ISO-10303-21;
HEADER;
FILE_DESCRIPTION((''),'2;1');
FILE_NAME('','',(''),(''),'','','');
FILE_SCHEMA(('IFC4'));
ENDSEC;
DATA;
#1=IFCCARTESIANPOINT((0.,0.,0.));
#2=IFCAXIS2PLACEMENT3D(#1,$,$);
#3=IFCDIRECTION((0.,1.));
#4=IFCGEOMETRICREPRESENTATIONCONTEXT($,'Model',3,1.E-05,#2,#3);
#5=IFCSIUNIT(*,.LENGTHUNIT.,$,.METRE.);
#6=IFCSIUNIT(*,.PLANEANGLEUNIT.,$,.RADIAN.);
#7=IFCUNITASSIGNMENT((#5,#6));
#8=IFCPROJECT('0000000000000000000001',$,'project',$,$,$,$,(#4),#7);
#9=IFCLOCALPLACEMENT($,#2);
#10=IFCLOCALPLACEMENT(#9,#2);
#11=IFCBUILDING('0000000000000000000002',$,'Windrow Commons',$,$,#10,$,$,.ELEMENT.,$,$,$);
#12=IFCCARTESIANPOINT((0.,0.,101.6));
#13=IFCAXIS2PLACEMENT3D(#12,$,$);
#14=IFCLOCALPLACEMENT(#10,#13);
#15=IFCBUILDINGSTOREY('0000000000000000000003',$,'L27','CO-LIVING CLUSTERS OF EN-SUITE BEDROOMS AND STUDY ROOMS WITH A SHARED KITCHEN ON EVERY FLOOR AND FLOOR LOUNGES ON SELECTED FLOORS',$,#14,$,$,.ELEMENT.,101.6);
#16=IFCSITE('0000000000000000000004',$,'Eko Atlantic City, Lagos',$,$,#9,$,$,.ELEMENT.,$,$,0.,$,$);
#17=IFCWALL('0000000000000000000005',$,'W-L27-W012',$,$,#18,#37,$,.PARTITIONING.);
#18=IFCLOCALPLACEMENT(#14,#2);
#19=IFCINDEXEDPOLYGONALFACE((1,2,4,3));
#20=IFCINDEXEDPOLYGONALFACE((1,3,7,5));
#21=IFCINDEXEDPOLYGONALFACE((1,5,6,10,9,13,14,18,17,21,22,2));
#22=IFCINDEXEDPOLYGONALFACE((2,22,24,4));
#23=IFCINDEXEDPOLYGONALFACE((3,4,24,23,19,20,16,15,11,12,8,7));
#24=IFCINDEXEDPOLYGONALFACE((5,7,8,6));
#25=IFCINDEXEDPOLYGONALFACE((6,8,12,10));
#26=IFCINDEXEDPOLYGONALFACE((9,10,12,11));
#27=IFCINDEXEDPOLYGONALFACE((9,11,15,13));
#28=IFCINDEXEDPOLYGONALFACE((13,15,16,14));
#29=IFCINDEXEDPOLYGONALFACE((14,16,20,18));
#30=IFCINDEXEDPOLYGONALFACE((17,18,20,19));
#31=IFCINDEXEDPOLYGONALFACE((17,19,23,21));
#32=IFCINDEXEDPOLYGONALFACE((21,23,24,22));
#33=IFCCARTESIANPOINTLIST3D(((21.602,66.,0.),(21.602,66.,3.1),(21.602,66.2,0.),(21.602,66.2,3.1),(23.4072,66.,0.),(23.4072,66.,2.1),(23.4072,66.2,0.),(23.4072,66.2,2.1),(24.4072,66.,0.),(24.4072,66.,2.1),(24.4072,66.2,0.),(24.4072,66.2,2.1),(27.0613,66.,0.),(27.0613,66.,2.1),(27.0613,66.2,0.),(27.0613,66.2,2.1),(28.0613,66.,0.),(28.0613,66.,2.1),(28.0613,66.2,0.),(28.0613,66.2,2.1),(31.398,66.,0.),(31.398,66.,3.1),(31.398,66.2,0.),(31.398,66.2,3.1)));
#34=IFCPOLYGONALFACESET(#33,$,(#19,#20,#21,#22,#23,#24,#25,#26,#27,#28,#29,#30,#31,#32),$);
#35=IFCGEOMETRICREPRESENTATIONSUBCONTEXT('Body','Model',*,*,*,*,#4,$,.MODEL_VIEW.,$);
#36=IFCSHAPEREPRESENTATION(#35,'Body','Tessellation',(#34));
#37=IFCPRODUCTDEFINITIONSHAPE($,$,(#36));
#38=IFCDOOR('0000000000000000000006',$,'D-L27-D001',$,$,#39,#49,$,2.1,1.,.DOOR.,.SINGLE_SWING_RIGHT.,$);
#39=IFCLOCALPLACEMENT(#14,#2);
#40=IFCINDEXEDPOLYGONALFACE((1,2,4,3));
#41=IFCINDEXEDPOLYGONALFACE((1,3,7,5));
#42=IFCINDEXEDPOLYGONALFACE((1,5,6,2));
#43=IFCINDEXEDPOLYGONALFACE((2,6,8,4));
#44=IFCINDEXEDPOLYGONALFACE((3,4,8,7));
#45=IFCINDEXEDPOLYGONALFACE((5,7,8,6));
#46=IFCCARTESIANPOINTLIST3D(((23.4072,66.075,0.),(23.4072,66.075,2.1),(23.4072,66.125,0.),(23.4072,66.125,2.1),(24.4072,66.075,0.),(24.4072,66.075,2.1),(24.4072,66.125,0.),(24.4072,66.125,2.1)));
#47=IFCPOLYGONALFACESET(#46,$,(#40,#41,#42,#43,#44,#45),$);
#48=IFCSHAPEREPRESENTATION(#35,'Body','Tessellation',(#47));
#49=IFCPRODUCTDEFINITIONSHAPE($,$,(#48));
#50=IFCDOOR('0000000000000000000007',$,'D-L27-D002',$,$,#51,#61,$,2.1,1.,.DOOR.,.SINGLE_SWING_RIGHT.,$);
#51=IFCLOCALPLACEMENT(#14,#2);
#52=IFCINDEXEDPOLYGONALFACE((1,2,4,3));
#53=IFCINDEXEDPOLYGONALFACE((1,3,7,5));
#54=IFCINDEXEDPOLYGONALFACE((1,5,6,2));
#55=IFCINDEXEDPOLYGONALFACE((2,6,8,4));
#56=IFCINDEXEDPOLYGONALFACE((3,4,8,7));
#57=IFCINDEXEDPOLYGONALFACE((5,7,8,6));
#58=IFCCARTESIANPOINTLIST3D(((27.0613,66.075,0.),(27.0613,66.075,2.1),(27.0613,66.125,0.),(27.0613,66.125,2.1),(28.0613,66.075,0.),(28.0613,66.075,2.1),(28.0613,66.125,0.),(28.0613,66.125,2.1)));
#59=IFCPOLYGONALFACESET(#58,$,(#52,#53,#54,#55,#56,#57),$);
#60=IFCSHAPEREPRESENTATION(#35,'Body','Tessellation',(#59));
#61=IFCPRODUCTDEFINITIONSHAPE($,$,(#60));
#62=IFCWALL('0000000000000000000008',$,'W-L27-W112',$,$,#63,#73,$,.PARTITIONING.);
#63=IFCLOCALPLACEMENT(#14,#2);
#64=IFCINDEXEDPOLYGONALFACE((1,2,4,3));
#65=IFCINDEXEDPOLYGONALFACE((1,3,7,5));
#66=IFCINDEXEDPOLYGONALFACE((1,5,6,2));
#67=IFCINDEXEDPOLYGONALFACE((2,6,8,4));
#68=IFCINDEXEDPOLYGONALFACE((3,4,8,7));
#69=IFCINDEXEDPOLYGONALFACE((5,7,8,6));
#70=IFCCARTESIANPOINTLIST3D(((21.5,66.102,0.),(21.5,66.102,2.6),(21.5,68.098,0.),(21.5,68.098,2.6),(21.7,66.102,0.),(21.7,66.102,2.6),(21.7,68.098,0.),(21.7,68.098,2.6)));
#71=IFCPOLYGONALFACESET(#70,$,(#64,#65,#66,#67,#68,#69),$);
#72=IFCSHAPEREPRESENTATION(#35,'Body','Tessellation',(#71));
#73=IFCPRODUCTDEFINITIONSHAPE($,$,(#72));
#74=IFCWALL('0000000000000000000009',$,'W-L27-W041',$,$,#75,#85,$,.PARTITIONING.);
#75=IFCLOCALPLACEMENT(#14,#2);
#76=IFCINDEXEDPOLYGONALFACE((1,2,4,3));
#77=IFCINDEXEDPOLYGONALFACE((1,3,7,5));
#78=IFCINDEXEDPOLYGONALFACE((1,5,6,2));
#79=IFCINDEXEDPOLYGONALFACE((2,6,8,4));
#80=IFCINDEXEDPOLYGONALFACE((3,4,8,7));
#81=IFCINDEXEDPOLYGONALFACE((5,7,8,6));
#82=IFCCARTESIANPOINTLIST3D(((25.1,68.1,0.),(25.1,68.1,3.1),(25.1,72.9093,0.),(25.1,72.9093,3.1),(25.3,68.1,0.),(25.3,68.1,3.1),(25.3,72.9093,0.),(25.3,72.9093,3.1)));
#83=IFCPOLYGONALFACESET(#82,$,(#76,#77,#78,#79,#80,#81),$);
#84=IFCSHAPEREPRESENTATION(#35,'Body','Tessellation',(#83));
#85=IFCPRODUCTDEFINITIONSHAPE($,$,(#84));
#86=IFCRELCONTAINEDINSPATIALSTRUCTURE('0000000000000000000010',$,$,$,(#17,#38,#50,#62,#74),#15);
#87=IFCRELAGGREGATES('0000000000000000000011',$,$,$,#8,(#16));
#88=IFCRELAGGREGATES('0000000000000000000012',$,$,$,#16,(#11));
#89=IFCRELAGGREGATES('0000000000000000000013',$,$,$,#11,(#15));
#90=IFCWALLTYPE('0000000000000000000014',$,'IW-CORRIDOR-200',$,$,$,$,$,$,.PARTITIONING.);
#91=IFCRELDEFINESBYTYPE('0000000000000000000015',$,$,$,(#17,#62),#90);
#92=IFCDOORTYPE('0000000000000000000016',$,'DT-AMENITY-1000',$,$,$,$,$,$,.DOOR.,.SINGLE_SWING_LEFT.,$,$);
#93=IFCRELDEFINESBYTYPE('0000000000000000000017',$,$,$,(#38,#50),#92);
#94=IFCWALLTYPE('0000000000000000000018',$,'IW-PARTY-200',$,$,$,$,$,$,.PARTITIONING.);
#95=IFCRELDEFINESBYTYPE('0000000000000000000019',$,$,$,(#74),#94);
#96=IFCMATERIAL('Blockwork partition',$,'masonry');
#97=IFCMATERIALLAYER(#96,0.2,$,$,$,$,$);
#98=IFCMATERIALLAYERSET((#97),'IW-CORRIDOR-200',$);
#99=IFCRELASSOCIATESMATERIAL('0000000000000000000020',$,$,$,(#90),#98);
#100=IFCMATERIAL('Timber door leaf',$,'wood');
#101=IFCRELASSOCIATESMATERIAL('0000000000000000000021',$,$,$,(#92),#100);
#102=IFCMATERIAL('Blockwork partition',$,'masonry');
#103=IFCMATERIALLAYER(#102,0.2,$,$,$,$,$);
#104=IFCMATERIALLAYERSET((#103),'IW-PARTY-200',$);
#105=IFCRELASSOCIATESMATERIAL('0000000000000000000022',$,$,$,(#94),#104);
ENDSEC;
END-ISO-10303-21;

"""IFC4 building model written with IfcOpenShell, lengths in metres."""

from ifc_helpers import new_model, si_unit, direction, frame, frame_2d, origin, place, context, subcontext, project, spatial, rectangle, extrude, material, layer, layer_set, type_object, element, fill, save


model = new_model("IFC4")

# Units and contexts
model_context = context("Model", 3, precision=1e-05, world=origin(), true_north=direction((0.0, 1.0)))
body_context = subcontext(model_context, "Body", "Model", "MODEL_VIEW")
ifc_project = project(units=[si_unit("LENGTHUNIT", "METRE"), si_unit("PLANEANGLEUNIT", "RADIAN")], contexts=[model_context])

# Site, building, storey
site_placement = place(None, origin())
site = spatial("IfcSite", under=ifc_project, at=site_placement, Name="Eko Atlantic City, Lagos", CompositionType="ELEMENT", RefElevation=0.0)
building_placement = place(site_placement, origin())
building = spatial("IfcBuilding", under=site, at=building_placement, Name="Windrow Commons", CompositionType="ELEMENT")
storey_placement = place(building_placement, frame((0.0, 0.0, 101.6)))
storey = spatial("IfcBuildingStorey", under=building, at=storey_placement, Name="L27", Description="CO-LIVING CLUSTERS OF EN-SUITE BEDROOMS AND STUDY ROOMS WITH A SHARED KITCHEN ON EVERY FLOOR AND FLOOR LOUNGES ON SELECTED FLOORS", CompositionType="ELEMENT", Elevation=101.6)

# Shared definitions
ifc_material_1 = material(Name="Blockwork partition", Category="masonry")
ifc_layer_1 = layer(ifc_material_1, 0.2)
ifc_layer_set_1 = layer_set([ifc_layer_1], Name="IW-CORRIDOR-200")
wall_type_1 = type_object("IfcWallType", Name="IW-CORRIDOR-200", PredefinedType="PARTITIONING", material=ifc_layer_set_1)
ifc_material_2 = material(Name="Timber door leaf", Category="wood")
door_type = type_object("IfcDoorType", Name="DT-AMENITY-1000", OperationType="SINGLE_SWING_LEFT", PredefinedType="DOOR", material=ifc_material_2)

# Wall, openings, doors
wall_1_placement = place(storey_placement, frame((21.602, 66.1, 0.0), z_axis=(0.0, 0.0, 1.0), x_axis=(1.0, 0.0, 0.0)))
wall_1 = element("IfcWall", 1, at=wall_1_placement, inside=storey, type_object=wall_type_1, Name="W-L27-W012", PredefinedType="PARTITIONING", context=body_context, shape_type="SweptSolid", body=[
    extrude(rectangle(XDim=9.796, YDim=0.2, at=frame_2d((4.898, 0.0))), origin(), (0.0, 0.0, 1.0), 3.1),
])
opening_1_placement = place(wall_1_placement, frame((1.8052, 0.0, 0.0)))
opening_1 = element("IfcOpeningElement", 2, at=opening_1_placement, cuts=wall_1, PredefinedType="OPENING", context=body_context, shape_type="SweptSolid", body=[
    extrude(rectangle(XDim=1.0, YDim=2.1, at=frame_2d((0.5, 1.05))), frame((0.0, 0.11, 0.0), z_axis=(0.0, -1.0, 0.0), x_axis=(1.0, 0.0, 0.0)), (0.0, 0.0, 1.0), 0.22),
])
opening_2_placement = place(wall_1_placement, frame((5.4593, 0.0, 0.0)))
opening_2 = element("IfcOpeningElement", 3, at=opening_2_placement, cuts=wall_1, PredefinedType="OPENING", context=body_context, shape_type="SweptSolid", body=[
    extrude(rectangle(XDim=1.0, YDim=2.1, at=frame_2d((0.5, 1.05))), frame((0.0, 0.11, 0.0), z_axis=(0.0, -1.0, 0.0), x_axis=(1.0, 0.0, 0.0)), (0.0, 0.0, 1.0), 0.22),
])
door_1_placement = place(opening_1_placement, origin())
door_1 = element("IfcDoor", 4, at=door_1_placement, inside=storey, type_object=door_type, Name="D-L27-D001", OperationType="SINGLE_SWING_RIGHT", OverallHeight=2.1, OverallWidth=1.0, PredefinedType="DOOR", context=body_context, shape_type="SweptSolid", body=[
    extrude(rectangle(XDim=1.0, YDim=2.1, at=frame_2d((0.5, 1.05))), frame((0.0, 0.025, 0.0), z_axis=(0.0, -1.0, 0.0), x_axis=(1.0, 0.0, 0.0)), (0.0, 0.0, 1.0), 0.05),
])
fill(opening_1, door_1)
door_2_placement = place(opening_2_placement, origin())
door_2 = element("IfcDoor", 5, at=door_2_placement, inside=storey, type_object=door_type, Name="D-L27-D002", OperationType="SINGLE_SWING_RIGHT", OverallHeight=2.1, OverallWidth=1.0, PredefinedType="DOOR", context=body_context, shape_type="SweptSolid", body=[
    extrude(rectangle(XDim=1.0, YDim=2.1, at=frame_2d((0.5, 1.05))), frame((0.0, 0.025, 0.0), z_axis=(0.0, -1.0, 0.0), x_axis=(1.0, 0.0, 0.0)), (0.0, 0.0, 1.0), 0.05),
])
fill(opening_2, door_2)

# Walls
wall_2_placement = place(storey_placement, frame((21.6, 66.102, 0.0), z_axis=(0.0, 0.0, 1.0), x_axis=(0.0, 1.0, 0.0)))
element("IfcWall", 6, at=wall_2_placement, inside=storey, type_object=wall_type_1, Name="W-L27-W112", PredefinedType="PARTITIONING", context=body_context, shape_type="SweptSolid", body=[
    extrude(rectangle(XDim=1.996, YDim=0.2, at=frame_2d((0.998, 0.0))), origin(), (0.0, 0.0, 1.0), 2.6),
])
ifc_material_3 = material(Name="Blockwork partition", Category="masonry")
ifc_layer_2 = layer(ifc_material_3, 0.2)
ifc_layer_set_2 = layer_set([ifc_layer_2], Name="IW-PARTY-200")
wall_type_2 = type_object("IfcWallType", Name="IW-PARTY-200", PredefinedType="PARTITIONING", material=ifc_layer_set_2)
wall_3_placement = place(storey_placement, frame((25.2, 68.1, 0.0), z_axis=(0.0, 0.0, 1.0), x_axis=(0.0, 1.0, 0.0)))
element("IfcWall", 7, at=wall_3_placement, inside=storey, type_object=wall_type_2, Name="W-L27-W041", PredefinedType="PARTITIONING", context=body_context, shape_type="SweptSolid", body=[
    extrude(rectangle(XDim=4.8093, YDim=0.2, at=frame_2d((2.4047, 0.0))), origin(), (0.0, 0.0, 1.0), 3.1),
])

save(model, "model.ifc")
